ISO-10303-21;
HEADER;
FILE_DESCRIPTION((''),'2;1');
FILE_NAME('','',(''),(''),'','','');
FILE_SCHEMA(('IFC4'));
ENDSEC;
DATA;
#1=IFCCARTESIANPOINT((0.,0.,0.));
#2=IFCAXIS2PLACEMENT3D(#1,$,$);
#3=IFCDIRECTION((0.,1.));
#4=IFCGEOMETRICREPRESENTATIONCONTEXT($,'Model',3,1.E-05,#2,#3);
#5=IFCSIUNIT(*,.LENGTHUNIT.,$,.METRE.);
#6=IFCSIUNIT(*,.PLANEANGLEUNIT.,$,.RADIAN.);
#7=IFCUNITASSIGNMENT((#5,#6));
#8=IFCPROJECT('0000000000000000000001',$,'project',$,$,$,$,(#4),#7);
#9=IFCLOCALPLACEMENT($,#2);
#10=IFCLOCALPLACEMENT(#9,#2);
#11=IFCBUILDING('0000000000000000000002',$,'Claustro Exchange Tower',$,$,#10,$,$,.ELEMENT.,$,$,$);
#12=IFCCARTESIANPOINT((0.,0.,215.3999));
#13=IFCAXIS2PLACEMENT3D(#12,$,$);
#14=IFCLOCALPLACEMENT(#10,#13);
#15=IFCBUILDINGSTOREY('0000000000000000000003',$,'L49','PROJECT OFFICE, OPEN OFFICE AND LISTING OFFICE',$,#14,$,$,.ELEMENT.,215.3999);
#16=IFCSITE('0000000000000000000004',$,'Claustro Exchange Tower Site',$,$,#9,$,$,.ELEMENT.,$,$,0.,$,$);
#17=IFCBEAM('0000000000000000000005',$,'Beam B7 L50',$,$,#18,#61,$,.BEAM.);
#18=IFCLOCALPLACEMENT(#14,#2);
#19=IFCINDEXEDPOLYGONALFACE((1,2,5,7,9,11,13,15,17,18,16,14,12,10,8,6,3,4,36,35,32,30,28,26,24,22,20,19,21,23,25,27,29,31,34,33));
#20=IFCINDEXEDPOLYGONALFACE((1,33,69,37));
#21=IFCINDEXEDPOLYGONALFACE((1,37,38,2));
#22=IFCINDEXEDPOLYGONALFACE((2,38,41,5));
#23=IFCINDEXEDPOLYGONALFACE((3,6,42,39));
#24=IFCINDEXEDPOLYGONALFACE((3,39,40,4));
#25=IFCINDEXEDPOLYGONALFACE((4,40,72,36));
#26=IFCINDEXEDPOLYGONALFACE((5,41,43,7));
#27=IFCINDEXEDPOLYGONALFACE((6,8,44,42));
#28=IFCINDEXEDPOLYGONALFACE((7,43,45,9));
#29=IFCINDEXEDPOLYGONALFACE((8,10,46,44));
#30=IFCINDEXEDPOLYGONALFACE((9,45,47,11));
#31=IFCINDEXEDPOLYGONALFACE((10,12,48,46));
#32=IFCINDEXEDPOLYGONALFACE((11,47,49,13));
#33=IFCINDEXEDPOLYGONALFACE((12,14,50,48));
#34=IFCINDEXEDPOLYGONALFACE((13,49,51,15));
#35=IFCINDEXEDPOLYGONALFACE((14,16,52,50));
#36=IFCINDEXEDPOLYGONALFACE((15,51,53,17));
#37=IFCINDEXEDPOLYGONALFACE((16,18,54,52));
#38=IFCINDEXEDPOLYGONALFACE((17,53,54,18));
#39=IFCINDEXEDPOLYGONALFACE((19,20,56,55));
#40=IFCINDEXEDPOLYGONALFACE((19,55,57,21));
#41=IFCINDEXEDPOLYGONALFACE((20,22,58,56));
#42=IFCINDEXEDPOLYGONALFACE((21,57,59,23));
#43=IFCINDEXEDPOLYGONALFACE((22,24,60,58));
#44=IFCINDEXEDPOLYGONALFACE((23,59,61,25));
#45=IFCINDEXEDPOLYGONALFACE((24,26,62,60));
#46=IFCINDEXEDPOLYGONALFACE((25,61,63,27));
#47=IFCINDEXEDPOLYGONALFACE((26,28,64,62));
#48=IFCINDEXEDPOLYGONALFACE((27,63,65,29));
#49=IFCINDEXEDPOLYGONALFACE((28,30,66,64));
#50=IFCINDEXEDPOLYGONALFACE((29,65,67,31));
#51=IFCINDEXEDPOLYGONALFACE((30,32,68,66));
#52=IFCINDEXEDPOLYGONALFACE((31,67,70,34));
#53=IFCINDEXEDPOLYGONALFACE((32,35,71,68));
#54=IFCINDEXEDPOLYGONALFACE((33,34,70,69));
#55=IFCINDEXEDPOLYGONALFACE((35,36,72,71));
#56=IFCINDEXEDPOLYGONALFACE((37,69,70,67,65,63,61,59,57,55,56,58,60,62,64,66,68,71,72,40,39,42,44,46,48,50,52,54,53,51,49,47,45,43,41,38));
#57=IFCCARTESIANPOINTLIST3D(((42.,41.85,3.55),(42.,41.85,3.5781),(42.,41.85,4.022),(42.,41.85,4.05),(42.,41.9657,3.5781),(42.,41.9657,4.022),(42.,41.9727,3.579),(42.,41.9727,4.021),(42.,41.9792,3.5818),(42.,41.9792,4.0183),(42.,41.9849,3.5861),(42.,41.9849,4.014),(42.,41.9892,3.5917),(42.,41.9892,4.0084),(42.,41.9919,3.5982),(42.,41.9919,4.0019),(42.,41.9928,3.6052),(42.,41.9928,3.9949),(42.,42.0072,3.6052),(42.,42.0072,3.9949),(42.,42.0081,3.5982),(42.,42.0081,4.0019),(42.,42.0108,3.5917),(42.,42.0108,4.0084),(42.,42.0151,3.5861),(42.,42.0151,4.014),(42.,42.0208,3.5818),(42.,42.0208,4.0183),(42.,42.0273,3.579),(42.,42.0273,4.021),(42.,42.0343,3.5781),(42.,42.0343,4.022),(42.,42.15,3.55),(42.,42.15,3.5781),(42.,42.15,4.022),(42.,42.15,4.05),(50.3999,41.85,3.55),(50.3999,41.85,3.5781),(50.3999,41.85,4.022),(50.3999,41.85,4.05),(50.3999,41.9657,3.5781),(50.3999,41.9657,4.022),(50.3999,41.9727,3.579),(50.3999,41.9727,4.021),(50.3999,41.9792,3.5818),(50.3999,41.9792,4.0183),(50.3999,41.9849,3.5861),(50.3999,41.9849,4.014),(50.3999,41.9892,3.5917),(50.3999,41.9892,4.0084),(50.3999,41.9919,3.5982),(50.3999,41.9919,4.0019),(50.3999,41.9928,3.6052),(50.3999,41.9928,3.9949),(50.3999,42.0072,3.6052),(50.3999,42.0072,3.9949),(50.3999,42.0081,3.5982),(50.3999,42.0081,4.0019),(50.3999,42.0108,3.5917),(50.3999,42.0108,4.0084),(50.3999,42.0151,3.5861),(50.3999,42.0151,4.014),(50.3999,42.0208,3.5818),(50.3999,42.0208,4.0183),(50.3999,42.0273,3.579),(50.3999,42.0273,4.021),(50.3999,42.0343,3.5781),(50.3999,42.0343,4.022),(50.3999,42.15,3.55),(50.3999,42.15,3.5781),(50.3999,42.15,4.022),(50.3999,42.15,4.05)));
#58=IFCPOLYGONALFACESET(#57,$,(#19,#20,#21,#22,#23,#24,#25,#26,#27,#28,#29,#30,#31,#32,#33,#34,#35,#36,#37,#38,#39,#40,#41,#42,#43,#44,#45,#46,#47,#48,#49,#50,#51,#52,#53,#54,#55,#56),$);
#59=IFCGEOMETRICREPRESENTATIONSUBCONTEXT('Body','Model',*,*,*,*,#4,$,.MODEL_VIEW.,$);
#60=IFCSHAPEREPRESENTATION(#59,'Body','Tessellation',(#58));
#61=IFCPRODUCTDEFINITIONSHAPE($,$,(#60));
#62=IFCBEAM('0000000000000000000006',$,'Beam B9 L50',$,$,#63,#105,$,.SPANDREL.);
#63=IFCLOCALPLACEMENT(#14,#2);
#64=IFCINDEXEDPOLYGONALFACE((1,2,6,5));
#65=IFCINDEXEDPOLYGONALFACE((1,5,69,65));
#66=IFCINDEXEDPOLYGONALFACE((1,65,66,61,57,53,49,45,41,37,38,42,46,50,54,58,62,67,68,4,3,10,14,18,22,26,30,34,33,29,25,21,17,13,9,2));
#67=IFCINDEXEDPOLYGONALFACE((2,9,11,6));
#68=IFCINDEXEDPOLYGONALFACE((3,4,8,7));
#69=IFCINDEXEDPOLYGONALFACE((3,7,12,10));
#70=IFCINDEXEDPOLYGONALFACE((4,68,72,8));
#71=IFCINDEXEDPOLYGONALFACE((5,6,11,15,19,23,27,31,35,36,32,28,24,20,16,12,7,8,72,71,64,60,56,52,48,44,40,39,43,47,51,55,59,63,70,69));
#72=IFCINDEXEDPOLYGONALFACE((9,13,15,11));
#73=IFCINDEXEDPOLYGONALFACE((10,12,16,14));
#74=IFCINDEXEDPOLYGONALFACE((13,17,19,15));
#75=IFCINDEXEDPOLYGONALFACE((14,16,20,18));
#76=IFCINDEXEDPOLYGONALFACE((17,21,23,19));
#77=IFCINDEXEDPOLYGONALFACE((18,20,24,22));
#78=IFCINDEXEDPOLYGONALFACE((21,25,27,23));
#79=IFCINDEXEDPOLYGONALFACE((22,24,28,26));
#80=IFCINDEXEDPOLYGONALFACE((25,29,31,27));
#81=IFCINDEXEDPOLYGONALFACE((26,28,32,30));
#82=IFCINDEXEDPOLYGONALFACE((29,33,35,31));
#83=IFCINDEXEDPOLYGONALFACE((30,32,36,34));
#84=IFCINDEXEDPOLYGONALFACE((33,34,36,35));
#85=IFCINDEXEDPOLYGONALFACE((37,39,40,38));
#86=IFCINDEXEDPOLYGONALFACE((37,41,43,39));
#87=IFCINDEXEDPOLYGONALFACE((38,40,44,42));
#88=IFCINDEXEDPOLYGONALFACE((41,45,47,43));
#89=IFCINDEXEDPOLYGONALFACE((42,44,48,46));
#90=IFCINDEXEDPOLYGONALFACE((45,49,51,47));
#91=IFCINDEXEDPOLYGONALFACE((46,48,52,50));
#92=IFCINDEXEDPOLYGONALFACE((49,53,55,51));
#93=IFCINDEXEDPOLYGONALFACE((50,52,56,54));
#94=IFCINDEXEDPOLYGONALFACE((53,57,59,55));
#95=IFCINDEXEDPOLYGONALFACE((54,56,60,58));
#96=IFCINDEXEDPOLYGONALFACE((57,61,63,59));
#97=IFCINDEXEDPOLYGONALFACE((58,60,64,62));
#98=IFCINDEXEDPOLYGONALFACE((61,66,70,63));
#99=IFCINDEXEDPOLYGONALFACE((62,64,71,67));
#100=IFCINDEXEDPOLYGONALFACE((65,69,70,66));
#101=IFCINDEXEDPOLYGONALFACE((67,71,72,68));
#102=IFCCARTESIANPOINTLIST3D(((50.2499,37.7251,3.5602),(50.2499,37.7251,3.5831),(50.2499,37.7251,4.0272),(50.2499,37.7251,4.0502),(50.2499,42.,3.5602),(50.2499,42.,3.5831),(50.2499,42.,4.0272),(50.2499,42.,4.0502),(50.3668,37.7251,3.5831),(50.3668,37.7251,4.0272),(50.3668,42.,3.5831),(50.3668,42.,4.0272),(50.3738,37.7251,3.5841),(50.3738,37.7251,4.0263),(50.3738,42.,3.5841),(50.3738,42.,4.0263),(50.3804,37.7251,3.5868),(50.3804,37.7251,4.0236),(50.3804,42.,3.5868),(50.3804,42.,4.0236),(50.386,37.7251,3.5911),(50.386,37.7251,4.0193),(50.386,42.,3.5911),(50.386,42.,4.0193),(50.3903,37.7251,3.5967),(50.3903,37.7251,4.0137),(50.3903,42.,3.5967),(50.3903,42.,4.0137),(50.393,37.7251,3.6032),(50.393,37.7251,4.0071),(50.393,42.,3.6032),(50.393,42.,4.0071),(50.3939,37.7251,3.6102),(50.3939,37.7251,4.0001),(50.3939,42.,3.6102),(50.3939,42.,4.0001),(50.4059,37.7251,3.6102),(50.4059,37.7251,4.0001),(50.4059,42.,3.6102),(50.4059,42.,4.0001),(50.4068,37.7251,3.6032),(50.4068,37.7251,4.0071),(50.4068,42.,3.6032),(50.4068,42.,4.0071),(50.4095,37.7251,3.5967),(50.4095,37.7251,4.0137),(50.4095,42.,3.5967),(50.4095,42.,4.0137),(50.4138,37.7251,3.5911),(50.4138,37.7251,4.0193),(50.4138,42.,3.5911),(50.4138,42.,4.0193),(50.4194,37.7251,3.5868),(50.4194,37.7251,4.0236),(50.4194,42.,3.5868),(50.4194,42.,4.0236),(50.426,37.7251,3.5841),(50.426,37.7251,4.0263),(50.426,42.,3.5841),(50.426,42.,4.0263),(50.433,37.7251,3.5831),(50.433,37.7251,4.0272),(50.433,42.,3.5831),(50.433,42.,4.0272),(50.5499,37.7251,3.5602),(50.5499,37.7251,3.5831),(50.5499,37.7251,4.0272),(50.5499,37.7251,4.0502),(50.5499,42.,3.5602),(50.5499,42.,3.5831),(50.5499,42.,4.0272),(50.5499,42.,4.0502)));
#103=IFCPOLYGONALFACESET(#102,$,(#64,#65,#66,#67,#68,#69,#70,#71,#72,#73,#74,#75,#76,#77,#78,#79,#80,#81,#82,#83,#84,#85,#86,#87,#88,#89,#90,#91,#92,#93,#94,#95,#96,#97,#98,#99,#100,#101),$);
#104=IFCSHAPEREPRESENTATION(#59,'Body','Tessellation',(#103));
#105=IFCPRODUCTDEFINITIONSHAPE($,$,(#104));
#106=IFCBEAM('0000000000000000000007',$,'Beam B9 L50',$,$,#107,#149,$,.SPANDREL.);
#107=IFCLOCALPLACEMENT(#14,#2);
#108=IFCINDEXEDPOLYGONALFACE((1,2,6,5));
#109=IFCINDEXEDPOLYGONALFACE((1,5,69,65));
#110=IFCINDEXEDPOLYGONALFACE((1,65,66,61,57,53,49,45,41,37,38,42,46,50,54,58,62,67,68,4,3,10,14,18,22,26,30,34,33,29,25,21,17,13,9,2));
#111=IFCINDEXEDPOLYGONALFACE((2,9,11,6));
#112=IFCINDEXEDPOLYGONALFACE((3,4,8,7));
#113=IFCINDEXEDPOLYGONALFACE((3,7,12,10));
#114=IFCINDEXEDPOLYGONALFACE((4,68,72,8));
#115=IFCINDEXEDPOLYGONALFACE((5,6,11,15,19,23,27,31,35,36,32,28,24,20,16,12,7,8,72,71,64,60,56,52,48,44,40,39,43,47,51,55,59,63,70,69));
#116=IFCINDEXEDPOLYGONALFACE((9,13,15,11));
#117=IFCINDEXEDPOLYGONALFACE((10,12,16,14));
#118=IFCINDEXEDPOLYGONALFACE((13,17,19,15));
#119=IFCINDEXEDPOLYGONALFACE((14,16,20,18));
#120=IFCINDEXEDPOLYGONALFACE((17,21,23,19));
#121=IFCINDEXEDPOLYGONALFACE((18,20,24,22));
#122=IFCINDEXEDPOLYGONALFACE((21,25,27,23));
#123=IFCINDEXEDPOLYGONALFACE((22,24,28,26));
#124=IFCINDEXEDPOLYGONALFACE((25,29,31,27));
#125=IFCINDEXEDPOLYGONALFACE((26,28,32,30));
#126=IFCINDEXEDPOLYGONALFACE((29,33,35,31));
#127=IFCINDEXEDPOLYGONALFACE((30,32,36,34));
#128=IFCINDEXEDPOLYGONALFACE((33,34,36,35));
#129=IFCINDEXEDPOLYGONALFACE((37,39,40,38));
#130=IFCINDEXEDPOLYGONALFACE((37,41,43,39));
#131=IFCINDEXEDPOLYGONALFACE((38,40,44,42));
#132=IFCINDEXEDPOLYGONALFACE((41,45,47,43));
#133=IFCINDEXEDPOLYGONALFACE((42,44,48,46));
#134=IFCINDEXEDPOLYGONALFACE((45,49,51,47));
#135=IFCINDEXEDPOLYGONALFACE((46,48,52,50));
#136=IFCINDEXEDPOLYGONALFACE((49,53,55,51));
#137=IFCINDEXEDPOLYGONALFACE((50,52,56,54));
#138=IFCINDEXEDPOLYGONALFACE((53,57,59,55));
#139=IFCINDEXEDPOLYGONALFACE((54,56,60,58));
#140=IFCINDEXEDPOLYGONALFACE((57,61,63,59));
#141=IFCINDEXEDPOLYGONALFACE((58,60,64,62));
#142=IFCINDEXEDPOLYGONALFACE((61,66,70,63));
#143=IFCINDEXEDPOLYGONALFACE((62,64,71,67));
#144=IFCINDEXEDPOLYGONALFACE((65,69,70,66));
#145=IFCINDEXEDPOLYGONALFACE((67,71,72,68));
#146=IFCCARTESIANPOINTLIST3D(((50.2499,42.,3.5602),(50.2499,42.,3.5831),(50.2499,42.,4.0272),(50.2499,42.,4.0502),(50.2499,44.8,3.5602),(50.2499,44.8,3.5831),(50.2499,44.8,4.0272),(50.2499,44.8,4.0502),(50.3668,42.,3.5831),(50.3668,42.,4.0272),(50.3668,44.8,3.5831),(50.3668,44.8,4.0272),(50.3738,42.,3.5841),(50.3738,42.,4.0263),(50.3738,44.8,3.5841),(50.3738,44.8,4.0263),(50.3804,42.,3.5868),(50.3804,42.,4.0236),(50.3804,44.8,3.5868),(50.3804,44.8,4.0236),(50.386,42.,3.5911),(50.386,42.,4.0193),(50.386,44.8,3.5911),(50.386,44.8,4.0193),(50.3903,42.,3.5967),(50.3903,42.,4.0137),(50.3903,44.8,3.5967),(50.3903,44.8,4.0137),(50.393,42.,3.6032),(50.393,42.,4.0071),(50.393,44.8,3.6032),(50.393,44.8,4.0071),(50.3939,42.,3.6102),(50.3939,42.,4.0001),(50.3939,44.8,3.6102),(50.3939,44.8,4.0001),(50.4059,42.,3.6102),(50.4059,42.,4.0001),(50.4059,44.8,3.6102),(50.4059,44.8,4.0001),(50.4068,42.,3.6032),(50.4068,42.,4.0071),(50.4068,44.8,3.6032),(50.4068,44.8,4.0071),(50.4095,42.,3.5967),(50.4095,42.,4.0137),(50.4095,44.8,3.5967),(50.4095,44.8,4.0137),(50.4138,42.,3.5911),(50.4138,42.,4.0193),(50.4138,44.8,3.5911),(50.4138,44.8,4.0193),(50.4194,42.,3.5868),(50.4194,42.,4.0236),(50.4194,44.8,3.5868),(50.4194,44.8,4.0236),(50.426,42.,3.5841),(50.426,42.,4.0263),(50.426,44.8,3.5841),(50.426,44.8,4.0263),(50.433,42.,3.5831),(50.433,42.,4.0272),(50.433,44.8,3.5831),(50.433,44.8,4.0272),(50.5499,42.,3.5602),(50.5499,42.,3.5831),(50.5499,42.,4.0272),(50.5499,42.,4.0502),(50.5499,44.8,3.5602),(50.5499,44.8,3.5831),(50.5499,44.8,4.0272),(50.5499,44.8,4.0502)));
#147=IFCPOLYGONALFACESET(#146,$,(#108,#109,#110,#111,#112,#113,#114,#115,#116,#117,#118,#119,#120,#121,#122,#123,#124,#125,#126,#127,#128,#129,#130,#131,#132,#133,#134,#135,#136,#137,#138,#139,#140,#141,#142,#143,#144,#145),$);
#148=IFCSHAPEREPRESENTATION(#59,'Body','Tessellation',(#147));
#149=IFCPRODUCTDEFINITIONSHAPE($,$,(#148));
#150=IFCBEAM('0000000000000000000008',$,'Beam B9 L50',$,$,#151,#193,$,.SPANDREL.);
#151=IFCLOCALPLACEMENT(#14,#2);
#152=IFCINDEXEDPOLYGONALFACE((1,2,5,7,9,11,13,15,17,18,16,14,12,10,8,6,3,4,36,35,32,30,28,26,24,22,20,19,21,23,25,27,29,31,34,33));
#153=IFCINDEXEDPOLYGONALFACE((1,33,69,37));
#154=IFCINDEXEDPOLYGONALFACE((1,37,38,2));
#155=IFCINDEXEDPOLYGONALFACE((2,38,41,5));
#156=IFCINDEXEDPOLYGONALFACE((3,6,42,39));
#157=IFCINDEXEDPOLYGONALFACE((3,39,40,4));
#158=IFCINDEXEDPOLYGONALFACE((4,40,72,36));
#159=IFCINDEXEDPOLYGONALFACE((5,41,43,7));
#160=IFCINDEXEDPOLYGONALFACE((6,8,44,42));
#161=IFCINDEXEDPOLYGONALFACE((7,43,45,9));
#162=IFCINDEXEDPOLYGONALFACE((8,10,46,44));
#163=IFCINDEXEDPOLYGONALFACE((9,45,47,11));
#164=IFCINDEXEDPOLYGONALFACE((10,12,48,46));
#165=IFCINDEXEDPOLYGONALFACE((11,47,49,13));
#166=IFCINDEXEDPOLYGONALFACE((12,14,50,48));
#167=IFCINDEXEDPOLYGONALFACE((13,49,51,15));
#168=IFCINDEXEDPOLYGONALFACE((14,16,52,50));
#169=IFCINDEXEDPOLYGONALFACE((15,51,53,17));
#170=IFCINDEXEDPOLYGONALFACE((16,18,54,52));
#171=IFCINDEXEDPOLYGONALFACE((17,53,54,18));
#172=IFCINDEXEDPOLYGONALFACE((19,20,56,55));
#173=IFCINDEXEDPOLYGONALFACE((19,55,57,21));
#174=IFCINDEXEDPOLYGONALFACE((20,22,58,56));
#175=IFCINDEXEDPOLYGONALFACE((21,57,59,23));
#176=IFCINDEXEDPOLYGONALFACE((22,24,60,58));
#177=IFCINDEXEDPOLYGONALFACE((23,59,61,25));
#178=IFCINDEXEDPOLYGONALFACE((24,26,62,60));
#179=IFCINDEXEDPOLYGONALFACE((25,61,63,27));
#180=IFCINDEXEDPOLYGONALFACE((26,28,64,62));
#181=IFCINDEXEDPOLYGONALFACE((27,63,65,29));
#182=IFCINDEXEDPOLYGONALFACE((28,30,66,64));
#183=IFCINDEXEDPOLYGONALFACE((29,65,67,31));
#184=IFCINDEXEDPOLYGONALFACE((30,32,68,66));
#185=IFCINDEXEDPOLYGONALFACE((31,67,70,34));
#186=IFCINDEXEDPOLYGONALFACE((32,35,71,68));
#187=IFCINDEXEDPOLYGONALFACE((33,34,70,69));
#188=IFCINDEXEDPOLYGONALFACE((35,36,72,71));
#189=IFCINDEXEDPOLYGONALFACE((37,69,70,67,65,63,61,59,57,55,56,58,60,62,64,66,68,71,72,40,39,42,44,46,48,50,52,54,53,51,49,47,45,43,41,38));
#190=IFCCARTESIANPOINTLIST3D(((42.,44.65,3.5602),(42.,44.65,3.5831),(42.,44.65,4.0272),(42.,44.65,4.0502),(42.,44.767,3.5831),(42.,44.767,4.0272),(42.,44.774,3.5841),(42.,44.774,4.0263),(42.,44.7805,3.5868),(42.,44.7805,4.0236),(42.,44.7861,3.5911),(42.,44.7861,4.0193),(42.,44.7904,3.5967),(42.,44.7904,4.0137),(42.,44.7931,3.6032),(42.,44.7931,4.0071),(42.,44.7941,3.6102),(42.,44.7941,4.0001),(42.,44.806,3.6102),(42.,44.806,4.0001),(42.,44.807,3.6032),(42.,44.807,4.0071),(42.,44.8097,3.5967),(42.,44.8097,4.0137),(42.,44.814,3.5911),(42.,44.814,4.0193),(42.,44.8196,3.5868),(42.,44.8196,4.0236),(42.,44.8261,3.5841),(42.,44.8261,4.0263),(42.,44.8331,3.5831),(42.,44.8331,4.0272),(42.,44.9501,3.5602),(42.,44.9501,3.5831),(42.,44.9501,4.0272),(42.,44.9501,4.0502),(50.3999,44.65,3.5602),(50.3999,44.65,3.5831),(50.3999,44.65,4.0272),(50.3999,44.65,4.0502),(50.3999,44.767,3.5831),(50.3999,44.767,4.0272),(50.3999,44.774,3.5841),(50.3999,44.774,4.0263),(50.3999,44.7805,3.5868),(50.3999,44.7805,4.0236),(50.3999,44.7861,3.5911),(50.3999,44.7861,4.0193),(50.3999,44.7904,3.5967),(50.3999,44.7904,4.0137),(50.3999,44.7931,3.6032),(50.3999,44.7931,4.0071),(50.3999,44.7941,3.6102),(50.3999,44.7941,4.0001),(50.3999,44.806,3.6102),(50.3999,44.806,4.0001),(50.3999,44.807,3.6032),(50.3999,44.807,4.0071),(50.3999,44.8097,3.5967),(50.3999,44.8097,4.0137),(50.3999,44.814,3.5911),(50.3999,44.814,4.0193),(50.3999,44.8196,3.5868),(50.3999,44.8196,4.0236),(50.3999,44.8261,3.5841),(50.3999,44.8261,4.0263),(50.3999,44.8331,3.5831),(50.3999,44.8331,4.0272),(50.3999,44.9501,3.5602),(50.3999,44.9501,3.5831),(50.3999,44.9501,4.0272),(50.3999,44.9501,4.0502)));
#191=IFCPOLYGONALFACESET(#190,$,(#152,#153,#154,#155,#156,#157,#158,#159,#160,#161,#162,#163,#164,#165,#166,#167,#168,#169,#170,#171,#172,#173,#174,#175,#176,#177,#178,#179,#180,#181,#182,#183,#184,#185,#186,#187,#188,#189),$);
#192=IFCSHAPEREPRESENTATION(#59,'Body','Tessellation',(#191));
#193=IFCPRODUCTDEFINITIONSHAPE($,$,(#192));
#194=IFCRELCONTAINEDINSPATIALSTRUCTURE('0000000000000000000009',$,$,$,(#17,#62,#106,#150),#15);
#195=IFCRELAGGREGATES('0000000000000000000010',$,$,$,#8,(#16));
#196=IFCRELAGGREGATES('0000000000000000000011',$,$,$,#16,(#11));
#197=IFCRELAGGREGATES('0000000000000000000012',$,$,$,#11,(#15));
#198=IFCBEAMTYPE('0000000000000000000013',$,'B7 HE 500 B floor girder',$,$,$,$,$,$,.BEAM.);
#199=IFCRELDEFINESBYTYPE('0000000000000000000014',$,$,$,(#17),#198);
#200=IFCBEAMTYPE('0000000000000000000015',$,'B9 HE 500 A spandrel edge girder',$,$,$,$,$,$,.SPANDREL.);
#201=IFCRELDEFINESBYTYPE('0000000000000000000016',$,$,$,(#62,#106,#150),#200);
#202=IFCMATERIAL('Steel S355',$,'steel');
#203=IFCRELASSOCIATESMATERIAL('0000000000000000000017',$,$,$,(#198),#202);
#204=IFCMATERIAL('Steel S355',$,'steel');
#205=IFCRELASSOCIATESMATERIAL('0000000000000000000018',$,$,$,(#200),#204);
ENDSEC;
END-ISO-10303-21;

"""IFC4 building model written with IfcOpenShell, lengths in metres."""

from ifc_helpers import new_model, si_unit, direction, frame, origin, origin_2d, place, context, subcontext, project, spatial, i_section, extrude, material, material_profile, profile_set, type_object, element, save


model = new_model("IFC4")

# Units and contexts
model_context = context("Model", 3, precision=1e-05, world=origin(), true_north=direction((0.0, 1.0)))
body_context = subcontext(model_context, "Body", "Model", "MODEL_VIEW")
ifc_project = project(units=[si_unit("LENGTHUNIT", "METRE"), si_unit("PLANEANGLEUNIT", "RADIAN")], contexts=[model_context])

# Site, building, storey
site_placement = place(None, origin())
site = spatial("IfcSite", under=ifc_project, at=site_placement, Name="Claustro Exchange Tower Site", CompositionType="ELEMENT", RefElevation=0.0)
building_placement = place(site_placement, origin())
building = spatial("IfcBuilding", under=site, at=building_placement, Name="Claustro Exchange Tower", CompositionType="ELEMENT")
storey_placement = place(building_placement, frame((0.0, 0.0, 215.3999)))
storey = spatial("IfcBuildingStorey", under=building, at=storey_placement, Name="L49", Description="PROJECT OFFICE, OPEN OFFICE AND LISTING OFFICE", CompositionType="ELEMENT", Elevation=215.3999)

# Beams
ifc_material_1 = material(Name="Steel S355", Category="steel")
ifc_material_profile_1 = material_profile(ifc_material_1, i_section(OverallWidth=0.3, OverallDepth=0.5, WebThickness=0.0144, FlangeThickness=0.0281, FilletRadius=0.0271, at=origin_2d()), Name="HE 500 B")
ifc_profile_set_1 = profile_set([ifc_material_profile_1], Name="Steel S355")
beam_type_1 = type_object("IfcBeamType", Name="B7 HE 500 B floor girder", PredefinedType="BEAM", material=ifc_profile_set_1)
beam_1_placement = place(storey_placement, frame((42.0, 42.0, 3.8), z_axis=(1.0, 0.0, 0.0), x_axis=(0.0, 1.0, 0.0)))
element("IfcBeam", 1, at=beam_1_placement, inside=storey, type_object=beam_type_1, Name="Beam B7 L50", PredefinedType="BEAM", context=body_context, shape_type="SweptSolid", body=[
    extrude(i_section(OverallWidth=0.3, OverallDepth=0.5, WebThickness=0.0144, FlangeThickness=0.0281, FilletRadius=0.0271, at=origin_2d()), origin(), (0.0, 0.0, 1.0), 8.3999),
])
ifc_material_2 = material(Name="Steel S355", Category="steel")
ifc_material_profile_2 = material_profile(ifc_material_2, i_section(OverallWidth=0.3, OverallDepth=0.49, WebThickness=0.012, FlangeThickness=0.0229, FilletRadius=0.0271, at=origin_2d()), Name="HE 500 A")
ifc_profile_set_2 = profile_set([ifc_material_profile_2], Name="Steel S355")
beam_type_2 = type_object("IfcBeamType", Name="B9 HE 500 A spandrel edge girder", PredefinedType="SPANDREL", material=ifc_profile_set_2)
beam_2_placement = place(storey_placement, frame((50.3999, 37.7251, 3.8052), z_axis=(0.0, 1.0, 0.0), x_axis=(-1.0, 0.0, 0.0)))
element("IfcBeam", 2, at=beam_2_placement, inside=storey, type_object=beam_type_2, Name="Beam B9 L50", PredefinedType="SPANDREL", context=body_context, shape_type="SweptSolid", body=[
    extrude(i_section(OverallWidth=0.3, OverallDepth=0.49, WebThickness=0.012, FlangeThickness=0.0229, FilletRadius=0.0271, at=origin_2d()), origin(), (0.0, 0.0, 1.0), 4.2749),
])
beam_3_placement = place(storey_placement, frame((50.3999, 42.0, 3.8052), z_axis=(0.0, 1.0, 0.0), x_axis=(-1.0, 0.0, 0.0)))
element("IfcBeam", 3, at=beam_3_placement, inside=storey, type_object=beam_type_2, Name="Beam B9 L50", PredefinedType="SPANDREL", context=body_context, shape_type="SweptSolid", body=[
    extrude(i_section(OverallWidth=0.3, OverallDepth=0.49, WebThickness=0.012, FlangeThickness=0.0229, FilletRadius=0.0271, at=origin_2d()), origin(), (0.0, 0.0, 1.0), 2.8),
])
beam_4_placement = place(storey_placement, frame((42.0, 44.8, 3.8052), z_axis=(1.0, 0.0, 0.0), x_axis=(0.0, 1.0, 0.0)))
element("IfcBeam", 4, at=beam_4_placement, inside=storey, type_object=beam_type_2, Name="Beam B9 L50", PredefinedType="SPANDREL", context=body_context, shape_type="SweptSolid", body=[
    extrude(i_section(OverallWidth=0.3, OverallDepth=0.49, WebThickness=0.012, FlangeThickness=0.0229, FilletRadius=0.0271, at=origin_2d()), origin(), (0.0, 0.0, 1.0), 8.3999),
])

save(model, "model.ifc")
